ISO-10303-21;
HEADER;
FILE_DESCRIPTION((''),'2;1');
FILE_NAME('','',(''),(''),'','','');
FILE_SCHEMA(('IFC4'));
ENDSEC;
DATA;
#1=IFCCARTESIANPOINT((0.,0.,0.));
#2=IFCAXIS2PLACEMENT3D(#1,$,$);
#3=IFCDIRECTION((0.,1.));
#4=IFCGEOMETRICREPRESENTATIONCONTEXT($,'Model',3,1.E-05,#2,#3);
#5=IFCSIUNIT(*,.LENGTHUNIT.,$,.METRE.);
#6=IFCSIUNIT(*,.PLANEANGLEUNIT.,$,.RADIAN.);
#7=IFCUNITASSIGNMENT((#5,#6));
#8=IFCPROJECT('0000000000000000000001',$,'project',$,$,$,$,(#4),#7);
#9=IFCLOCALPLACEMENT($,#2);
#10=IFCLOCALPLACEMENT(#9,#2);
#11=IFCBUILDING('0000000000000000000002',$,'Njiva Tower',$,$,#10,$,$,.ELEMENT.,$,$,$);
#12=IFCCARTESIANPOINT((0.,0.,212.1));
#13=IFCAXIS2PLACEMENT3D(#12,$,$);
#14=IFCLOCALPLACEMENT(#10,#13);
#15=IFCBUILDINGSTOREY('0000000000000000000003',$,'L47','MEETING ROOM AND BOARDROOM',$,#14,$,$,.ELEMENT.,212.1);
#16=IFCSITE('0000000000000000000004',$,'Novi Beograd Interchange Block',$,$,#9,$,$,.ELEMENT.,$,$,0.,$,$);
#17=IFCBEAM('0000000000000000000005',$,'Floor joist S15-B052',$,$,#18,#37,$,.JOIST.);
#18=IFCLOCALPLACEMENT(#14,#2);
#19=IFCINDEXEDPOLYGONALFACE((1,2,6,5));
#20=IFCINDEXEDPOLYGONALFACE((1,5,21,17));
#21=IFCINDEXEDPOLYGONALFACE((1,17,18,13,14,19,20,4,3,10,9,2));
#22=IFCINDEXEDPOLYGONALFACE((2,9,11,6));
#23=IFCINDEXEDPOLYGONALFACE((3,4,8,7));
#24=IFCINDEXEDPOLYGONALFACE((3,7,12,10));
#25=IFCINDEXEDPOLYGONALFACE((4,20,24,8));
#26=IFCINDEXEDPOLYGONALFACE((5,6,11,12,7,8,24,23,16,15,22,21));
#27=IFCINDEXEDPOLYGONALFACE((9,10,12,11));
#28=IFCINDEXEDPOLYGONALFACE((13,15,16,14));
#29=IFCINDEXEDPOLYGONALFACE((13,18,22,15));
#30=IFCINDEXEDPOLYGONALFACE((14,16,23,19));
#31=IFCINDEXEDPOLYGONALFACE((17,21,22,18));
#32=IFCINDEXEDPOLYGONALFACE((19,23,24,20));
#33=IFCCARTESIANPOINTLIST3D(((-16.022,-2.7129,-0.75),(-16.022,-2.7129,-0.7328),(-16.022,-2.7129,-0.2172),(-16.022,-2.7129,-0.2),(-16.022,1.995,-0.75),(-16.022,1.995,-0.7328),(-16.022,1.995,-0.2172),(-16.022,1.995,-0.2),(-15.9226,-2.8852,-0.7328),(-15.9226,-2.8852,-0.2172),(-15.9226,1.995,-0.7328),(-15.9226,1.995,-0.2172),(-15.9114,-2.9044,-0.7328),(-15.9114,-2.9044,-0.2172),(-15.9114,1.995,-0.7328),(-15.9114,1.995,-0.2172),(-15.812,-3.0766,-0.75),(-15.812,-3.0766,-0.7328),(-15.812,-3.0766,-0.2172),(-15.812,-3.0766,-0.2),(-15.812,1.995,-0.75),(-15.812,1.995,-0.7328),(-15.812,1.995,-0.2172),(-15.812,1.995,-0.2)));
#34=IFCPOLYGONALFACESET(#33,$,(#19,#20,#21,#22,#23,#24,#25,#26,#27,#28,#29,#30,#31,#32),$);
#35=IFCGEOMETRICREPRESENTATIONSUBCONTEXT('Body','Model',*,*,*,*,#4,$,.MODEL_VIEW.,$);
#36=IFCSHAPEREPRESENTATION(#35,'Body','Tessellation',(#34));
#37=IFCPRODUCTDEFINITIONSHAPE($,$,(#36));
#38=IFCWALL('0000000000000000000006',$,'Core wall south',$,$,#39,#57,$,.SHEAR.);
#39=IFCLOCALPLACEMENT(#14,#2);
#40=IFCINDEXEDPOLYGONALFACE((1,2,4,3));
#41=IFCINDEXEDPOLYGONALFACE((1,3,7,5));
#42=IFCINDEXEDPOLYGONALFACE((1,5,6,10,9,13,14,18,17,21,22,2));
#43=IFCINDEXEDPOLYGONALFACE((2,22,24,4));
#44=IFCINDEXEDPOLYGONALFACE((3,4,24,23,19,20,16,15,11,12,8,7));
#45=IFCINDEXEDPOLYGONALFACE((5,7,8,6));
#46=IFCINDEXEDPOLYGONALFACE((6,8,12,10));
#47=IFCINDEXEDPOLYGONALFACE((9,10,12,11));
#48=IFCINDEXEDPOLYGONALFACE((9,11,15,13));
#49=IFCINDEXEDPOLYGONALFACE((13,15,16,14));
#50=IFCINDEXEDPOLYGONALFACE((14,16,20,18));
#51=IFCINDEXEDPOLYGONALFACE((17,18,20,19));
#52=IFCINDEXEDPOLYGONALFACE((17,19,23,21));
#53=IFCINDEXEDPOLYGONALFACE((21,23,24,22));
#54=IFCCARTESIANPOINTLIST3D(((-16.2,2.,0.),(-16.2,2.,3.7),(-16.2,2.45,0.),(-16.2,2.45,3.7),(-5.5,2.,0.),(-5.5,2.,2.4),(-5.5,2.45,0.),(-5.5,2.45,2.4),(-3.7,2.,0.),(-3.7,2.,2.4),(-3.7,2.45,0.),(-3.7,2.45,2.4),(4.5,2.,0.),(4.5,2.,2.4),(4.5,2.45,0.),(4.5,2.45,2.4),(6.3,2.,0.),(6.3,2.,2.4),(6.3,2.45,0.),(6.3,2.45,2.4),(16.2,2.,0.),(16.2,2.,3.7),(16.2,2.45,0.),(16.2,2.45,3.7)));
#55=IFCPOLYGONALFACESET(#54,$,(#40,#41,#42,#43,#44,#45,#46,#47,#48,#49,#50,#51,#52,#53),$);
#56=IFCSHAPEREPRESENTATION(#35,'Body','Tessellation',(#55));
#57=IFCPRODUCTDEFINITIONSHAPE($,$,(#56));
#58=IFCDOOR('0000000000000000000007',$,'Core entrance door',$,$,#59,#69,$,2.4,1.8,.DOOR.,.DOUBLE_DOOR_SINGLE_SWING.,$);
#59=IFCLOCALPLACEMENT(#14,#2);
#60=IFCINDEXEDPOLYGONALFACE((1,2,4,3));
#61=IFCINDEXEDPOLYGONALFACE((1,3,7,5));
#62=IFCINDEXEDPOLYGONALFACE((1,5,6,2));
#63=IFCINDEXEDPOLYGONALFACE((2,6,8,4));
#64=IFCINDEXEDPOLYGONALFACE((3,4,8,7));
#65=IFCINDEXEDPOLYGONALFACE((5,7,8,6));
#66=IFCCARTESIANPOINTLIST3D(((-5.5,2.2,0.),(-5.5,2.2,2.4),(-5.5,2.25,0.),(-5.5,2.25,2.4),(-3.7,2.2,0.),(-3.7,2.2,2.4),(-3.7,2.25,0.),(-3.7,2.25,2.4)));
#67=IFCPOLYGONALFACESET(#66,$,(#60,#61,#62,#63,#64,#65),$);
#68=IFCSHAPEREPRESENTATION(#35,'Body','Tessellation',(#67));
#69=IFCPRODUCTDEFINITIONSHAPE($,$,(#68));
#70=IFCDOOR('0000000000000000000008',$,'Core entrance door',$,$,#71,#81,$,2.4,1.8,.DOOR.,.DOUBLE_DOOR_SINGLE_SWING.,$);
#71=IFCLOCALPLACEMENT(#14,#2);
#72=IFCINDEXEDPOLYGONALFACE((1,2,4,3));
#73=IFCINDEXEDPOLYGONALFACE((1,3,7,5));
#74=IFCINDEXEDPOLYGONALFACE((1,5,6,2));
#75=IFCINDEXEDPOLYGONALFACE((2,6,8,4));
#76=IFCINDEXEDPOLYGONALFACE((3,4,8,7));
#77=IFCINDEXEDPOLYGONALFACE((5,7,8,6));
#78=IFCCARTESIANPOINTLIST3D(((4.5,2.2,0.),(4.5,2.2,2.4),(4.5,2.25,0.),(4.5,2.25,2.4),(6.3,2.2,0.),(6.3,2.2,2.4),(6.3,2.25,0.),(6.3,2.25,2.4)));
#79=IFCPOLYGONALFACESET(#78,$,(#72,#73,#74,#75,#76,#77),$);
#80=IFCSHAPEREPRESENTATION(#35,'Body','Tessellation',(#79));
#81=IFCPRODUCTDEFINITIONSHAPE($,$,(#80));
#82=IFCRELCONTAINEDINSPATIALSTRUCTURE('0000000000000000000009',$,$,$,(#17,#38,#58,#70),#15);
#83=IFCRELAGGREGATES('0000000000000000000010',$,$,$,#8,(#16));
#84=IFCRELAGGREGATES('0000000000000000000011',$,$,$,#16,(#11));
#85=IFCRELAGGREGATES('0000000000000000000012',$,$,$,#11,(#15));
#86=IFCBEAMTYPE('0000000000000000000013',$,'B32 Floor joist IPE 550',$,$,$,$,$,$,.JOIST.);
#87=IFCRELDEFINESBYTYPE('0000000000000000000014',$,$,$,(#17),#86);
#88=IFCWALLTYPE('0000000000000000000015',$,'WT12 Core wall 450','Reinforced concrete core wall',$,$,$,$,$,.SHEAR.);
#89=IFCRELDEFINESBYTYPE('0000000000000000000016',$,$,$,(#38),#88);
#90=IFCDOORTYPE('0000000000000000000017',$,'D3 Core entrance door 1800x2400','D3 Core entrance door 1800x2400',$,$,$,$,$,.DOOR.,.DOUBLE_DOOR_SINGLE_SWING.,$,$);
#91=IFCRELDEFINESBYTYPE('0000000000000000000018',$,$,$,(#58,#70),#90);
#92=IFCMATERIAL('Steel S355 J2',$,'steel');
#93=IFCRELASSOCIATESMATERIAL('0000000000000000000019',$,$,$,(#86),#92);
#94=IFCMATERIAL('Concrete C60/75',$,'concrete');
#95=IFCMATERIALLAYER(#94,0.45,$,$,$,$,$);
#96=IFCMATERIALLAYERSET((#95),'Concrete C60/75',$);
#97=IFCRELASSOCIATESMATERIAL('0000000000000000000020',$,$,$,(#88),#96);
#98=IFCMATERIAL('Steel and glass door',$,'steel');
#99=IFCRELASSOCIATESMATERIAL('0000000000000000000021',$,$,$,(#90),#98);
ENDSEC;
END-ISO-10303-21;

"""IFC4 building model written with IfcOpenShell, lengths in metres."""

from ifc_helpers import new_model, si_unit, direction, frame, frame_2d, origin, origin_2d, place, context, subcontext, project, spatial, rectangle, i_section, extrude, clip, halfspace, material, layer, layer_set, material_profile, profile_set, type_object, element, fill, save


model = new_model("IFC4")

# Units and contexts
model_context = context("Model", 3, precision=1e-05, world=origin(), true_north=direction((0.0, 1.0)))
body_context = subcontext(model_context, "Body", "Model", "MODEL_VIEW")
ifc_project = project(units=[si_unit("LENGTHUNIT", "METRE"), si_unit("PLANEANGLEUNIT", "RADIAN")], contexts=[model_context])

# Site, building, storey
site_placement = place(None, origin())
site = spatial("IfcSite", under=ifc_project, at=site_placement, Name="Novi Beograd Interchange Block", CompositionType="ELEMENT", RefElevation=0.0)
building_placement = place(site_placement, origin())
building = spatial("IfcBuilding", under=site, at=building_placement, Name="Njiva Tower", CompositionType="ELEMENT")
storey_placement = place(building_placement, frame((0.0, 0.0, 212.1)))
storey = spatial("IfcBuildingStorey", under=building, at=storey_placement, Name="L47", Description="MEETING ROOM AND BOARDROOM", CompositionType="ELEMENT", Elevation=212.1)

# Shared definitions
ifc_material_1 = material(Name="Steel S355 J2", Category="steel")

# Beam
ifc_material_profile_1 = material_profile(ifc_material_1, i_section(OverallWidth=0.21, OverallDepth=0.55, WebThickness=0.0111, FlangeThickness=0.0172, at=origin_2d()), Name="IPE 550")
ifc_profile_set_1 = profile_set([ifc_material_profile_1], Name="Steel S355 J2")
beam_type_1 = type_object("IfcBeamType", Name="B32 Floor joist IPE 550", PredefinedType="JOIST", material=ifc_profile_set_1)
beam_1_placement = place(storey_placement, frame((-15.917, 1.995, -0.475), z_axis=(0.0, -1.0, 0.0), x_axis=(1.0, 0.0, 0.0)))
element("IfcBeam", 1, at=beam_1_placement, inside=storey, type_object=beam_type_1, Name="Floor joist S15-B052", PredefinedType="JOIST", context=body_context, shape_type="Clipping", body=[
    clip(extrude(i_section(OverallWidth=0.21, OverallDepth=0.55, WebThickness=0.0111, FlangeThickness=0.0172, at=origin_2d()), origin(), (0.0, 0.0, 1.0), 5.092), halfspace(frame((-0.043, 0.0, 4.8153), z_axis=(-0.866027, 0.0, 0.499998), x_axis=(0.0, 1.0, 0.0)), False)),
])

# Wall, openings, doors
ifc_material_2 = material(Name="Concrete C60/75", Category="concrete")
ifc_layer_1 = layer(ifc_material_2, 0.45)
ifc_layer_set_1 = layer_set([ifc_layer_1], Name="Concrete C60/75")
wall_type_1 = type_object("IfcWallType", Name="WT12 Core wall 450", Description="Reinforced concrete core wall", PredefinedType="SHEAR", material=ifc_layer_set_1)
wall_1_placement = place(storey_placement, frame((-16.2, 2.225, 0.0), z_axis=(0.0, 0.0, 1.0), x_axis=(1.0, 0.0, 0.0)))
wall_1 = element("IfcWall", 2, at=wall_1_placement, inside=storey, type_object=wall_type_1, Name="Core wall south", PredefinedType="SHEAR", context=body_context, shape_type="SweptSolid", body=[
    extrude(rectangle(XDim=32.4, YDim=0.45, at=frame_2d((16.2, 0.0))), origin(), (0.0, 0.0, 1.0), 3.7),
])
opening_1_placement = place(wall_1_placement, frame((10.7, 0.0, 0.0)))
opening_1 = element("IfcOpeningElement", 3, at=opening_1_placement, cuts=wall_1, PredefinedType="OPENING", context=body_context, shape_type="SweptSolid", body=[
    extrude(rectangle(XDim=1.8, YDim=2.4, at=frame_2d((0.9, 1.2))), frame((0.0, 0.235, 0.0), z_axis=(0.0, -1.0, 0.0), x_axis=(1.0, 0.0, 0.0)), (0.0, 0.0, 1.0), 0.47),
])
opening_2_placement = place(wall_1_placement, frame((20.7, 0.0, 0.0)))
opening_2 = element("IfcOpeningElement", 4, at=opening_2_placement, cuts=wall_1, PredefinedType="OPENING", context=body_context, shape_type="SweptSolid", body=[
    extrude(rectangle(XDim=1.8, YDim=2.4, at=frame_2d((0.9, 1.2))), frame((0.0, 0.235, 0.0), z_axis=(0.0, -1.0, 0.0), x_axis=(1.0, 0.0, 0.0)), (0.0, 0.0, 1.0), 0.47),
])
ifc_material_3 = material(Name="Steel and glass door", Category="steel")
door_type_1 = type_object("IfcDoorType", Name="D3 Core entrance door 1800x2400", Description="D3 Core entrance door 1800x2400", OperationType="DOUBLE_DOOR_SINGLE_SWING", PredefinedType="DOOR", material=ifc_material_3)
door_1_placement = place(opening_1_placement, origin())
door_1 = element("IfcDoor", 5, at=door_1_placement, inside=storey, type_object=door_type_1, Name="Core entrance door", OperationType="DOUBLE_DOOR_SINGLE_SWING", OverallHeight=2.4, OverallWidth=1.8, PredefinedType="DOOR", context=body_context, shape_type="SweptSolid", body=[
    extrude(rectangle(XDim=1.8, YDim=2.4, at=frame_2d((0.9, 1.2))), frame((0.0, 0.025, 0.0), z_axis=(0.0, -1.0, 0.0), x_axis=(1.0, 0.0, 0.0)), (0.0, 0.0, 1.0), 0.05),
])
fill(opening_1, door_1)
door_2_placement = place(opening_2_placement, origin())
door_2 = element("IfcDoor", 6, at=door_2_placement, inside=storey, type_object=door_type_1, Name="Core entrance door", OperationType="DOUBLE_DOOR_SINGLE_SWING", OverallHeight=2.4, OverallWidth=1.8, PredefinedType="DOOR", context=body_context, shape_type="SweptSolid", body=[
    extrude(rectangle(XDim=1.8, YDim=2.4, at=frame_2d((0.9, 1.2))), frame((0.0, 0.025, 0.0), z_axis=(0.0, -1.0, 0.0), x_axis=(1.0, 0.0, 0.0)), (0.0, 0.0, 1.0), 0.05),
])
fill(opening_2, door_2)

save(model, "model.ifc")
